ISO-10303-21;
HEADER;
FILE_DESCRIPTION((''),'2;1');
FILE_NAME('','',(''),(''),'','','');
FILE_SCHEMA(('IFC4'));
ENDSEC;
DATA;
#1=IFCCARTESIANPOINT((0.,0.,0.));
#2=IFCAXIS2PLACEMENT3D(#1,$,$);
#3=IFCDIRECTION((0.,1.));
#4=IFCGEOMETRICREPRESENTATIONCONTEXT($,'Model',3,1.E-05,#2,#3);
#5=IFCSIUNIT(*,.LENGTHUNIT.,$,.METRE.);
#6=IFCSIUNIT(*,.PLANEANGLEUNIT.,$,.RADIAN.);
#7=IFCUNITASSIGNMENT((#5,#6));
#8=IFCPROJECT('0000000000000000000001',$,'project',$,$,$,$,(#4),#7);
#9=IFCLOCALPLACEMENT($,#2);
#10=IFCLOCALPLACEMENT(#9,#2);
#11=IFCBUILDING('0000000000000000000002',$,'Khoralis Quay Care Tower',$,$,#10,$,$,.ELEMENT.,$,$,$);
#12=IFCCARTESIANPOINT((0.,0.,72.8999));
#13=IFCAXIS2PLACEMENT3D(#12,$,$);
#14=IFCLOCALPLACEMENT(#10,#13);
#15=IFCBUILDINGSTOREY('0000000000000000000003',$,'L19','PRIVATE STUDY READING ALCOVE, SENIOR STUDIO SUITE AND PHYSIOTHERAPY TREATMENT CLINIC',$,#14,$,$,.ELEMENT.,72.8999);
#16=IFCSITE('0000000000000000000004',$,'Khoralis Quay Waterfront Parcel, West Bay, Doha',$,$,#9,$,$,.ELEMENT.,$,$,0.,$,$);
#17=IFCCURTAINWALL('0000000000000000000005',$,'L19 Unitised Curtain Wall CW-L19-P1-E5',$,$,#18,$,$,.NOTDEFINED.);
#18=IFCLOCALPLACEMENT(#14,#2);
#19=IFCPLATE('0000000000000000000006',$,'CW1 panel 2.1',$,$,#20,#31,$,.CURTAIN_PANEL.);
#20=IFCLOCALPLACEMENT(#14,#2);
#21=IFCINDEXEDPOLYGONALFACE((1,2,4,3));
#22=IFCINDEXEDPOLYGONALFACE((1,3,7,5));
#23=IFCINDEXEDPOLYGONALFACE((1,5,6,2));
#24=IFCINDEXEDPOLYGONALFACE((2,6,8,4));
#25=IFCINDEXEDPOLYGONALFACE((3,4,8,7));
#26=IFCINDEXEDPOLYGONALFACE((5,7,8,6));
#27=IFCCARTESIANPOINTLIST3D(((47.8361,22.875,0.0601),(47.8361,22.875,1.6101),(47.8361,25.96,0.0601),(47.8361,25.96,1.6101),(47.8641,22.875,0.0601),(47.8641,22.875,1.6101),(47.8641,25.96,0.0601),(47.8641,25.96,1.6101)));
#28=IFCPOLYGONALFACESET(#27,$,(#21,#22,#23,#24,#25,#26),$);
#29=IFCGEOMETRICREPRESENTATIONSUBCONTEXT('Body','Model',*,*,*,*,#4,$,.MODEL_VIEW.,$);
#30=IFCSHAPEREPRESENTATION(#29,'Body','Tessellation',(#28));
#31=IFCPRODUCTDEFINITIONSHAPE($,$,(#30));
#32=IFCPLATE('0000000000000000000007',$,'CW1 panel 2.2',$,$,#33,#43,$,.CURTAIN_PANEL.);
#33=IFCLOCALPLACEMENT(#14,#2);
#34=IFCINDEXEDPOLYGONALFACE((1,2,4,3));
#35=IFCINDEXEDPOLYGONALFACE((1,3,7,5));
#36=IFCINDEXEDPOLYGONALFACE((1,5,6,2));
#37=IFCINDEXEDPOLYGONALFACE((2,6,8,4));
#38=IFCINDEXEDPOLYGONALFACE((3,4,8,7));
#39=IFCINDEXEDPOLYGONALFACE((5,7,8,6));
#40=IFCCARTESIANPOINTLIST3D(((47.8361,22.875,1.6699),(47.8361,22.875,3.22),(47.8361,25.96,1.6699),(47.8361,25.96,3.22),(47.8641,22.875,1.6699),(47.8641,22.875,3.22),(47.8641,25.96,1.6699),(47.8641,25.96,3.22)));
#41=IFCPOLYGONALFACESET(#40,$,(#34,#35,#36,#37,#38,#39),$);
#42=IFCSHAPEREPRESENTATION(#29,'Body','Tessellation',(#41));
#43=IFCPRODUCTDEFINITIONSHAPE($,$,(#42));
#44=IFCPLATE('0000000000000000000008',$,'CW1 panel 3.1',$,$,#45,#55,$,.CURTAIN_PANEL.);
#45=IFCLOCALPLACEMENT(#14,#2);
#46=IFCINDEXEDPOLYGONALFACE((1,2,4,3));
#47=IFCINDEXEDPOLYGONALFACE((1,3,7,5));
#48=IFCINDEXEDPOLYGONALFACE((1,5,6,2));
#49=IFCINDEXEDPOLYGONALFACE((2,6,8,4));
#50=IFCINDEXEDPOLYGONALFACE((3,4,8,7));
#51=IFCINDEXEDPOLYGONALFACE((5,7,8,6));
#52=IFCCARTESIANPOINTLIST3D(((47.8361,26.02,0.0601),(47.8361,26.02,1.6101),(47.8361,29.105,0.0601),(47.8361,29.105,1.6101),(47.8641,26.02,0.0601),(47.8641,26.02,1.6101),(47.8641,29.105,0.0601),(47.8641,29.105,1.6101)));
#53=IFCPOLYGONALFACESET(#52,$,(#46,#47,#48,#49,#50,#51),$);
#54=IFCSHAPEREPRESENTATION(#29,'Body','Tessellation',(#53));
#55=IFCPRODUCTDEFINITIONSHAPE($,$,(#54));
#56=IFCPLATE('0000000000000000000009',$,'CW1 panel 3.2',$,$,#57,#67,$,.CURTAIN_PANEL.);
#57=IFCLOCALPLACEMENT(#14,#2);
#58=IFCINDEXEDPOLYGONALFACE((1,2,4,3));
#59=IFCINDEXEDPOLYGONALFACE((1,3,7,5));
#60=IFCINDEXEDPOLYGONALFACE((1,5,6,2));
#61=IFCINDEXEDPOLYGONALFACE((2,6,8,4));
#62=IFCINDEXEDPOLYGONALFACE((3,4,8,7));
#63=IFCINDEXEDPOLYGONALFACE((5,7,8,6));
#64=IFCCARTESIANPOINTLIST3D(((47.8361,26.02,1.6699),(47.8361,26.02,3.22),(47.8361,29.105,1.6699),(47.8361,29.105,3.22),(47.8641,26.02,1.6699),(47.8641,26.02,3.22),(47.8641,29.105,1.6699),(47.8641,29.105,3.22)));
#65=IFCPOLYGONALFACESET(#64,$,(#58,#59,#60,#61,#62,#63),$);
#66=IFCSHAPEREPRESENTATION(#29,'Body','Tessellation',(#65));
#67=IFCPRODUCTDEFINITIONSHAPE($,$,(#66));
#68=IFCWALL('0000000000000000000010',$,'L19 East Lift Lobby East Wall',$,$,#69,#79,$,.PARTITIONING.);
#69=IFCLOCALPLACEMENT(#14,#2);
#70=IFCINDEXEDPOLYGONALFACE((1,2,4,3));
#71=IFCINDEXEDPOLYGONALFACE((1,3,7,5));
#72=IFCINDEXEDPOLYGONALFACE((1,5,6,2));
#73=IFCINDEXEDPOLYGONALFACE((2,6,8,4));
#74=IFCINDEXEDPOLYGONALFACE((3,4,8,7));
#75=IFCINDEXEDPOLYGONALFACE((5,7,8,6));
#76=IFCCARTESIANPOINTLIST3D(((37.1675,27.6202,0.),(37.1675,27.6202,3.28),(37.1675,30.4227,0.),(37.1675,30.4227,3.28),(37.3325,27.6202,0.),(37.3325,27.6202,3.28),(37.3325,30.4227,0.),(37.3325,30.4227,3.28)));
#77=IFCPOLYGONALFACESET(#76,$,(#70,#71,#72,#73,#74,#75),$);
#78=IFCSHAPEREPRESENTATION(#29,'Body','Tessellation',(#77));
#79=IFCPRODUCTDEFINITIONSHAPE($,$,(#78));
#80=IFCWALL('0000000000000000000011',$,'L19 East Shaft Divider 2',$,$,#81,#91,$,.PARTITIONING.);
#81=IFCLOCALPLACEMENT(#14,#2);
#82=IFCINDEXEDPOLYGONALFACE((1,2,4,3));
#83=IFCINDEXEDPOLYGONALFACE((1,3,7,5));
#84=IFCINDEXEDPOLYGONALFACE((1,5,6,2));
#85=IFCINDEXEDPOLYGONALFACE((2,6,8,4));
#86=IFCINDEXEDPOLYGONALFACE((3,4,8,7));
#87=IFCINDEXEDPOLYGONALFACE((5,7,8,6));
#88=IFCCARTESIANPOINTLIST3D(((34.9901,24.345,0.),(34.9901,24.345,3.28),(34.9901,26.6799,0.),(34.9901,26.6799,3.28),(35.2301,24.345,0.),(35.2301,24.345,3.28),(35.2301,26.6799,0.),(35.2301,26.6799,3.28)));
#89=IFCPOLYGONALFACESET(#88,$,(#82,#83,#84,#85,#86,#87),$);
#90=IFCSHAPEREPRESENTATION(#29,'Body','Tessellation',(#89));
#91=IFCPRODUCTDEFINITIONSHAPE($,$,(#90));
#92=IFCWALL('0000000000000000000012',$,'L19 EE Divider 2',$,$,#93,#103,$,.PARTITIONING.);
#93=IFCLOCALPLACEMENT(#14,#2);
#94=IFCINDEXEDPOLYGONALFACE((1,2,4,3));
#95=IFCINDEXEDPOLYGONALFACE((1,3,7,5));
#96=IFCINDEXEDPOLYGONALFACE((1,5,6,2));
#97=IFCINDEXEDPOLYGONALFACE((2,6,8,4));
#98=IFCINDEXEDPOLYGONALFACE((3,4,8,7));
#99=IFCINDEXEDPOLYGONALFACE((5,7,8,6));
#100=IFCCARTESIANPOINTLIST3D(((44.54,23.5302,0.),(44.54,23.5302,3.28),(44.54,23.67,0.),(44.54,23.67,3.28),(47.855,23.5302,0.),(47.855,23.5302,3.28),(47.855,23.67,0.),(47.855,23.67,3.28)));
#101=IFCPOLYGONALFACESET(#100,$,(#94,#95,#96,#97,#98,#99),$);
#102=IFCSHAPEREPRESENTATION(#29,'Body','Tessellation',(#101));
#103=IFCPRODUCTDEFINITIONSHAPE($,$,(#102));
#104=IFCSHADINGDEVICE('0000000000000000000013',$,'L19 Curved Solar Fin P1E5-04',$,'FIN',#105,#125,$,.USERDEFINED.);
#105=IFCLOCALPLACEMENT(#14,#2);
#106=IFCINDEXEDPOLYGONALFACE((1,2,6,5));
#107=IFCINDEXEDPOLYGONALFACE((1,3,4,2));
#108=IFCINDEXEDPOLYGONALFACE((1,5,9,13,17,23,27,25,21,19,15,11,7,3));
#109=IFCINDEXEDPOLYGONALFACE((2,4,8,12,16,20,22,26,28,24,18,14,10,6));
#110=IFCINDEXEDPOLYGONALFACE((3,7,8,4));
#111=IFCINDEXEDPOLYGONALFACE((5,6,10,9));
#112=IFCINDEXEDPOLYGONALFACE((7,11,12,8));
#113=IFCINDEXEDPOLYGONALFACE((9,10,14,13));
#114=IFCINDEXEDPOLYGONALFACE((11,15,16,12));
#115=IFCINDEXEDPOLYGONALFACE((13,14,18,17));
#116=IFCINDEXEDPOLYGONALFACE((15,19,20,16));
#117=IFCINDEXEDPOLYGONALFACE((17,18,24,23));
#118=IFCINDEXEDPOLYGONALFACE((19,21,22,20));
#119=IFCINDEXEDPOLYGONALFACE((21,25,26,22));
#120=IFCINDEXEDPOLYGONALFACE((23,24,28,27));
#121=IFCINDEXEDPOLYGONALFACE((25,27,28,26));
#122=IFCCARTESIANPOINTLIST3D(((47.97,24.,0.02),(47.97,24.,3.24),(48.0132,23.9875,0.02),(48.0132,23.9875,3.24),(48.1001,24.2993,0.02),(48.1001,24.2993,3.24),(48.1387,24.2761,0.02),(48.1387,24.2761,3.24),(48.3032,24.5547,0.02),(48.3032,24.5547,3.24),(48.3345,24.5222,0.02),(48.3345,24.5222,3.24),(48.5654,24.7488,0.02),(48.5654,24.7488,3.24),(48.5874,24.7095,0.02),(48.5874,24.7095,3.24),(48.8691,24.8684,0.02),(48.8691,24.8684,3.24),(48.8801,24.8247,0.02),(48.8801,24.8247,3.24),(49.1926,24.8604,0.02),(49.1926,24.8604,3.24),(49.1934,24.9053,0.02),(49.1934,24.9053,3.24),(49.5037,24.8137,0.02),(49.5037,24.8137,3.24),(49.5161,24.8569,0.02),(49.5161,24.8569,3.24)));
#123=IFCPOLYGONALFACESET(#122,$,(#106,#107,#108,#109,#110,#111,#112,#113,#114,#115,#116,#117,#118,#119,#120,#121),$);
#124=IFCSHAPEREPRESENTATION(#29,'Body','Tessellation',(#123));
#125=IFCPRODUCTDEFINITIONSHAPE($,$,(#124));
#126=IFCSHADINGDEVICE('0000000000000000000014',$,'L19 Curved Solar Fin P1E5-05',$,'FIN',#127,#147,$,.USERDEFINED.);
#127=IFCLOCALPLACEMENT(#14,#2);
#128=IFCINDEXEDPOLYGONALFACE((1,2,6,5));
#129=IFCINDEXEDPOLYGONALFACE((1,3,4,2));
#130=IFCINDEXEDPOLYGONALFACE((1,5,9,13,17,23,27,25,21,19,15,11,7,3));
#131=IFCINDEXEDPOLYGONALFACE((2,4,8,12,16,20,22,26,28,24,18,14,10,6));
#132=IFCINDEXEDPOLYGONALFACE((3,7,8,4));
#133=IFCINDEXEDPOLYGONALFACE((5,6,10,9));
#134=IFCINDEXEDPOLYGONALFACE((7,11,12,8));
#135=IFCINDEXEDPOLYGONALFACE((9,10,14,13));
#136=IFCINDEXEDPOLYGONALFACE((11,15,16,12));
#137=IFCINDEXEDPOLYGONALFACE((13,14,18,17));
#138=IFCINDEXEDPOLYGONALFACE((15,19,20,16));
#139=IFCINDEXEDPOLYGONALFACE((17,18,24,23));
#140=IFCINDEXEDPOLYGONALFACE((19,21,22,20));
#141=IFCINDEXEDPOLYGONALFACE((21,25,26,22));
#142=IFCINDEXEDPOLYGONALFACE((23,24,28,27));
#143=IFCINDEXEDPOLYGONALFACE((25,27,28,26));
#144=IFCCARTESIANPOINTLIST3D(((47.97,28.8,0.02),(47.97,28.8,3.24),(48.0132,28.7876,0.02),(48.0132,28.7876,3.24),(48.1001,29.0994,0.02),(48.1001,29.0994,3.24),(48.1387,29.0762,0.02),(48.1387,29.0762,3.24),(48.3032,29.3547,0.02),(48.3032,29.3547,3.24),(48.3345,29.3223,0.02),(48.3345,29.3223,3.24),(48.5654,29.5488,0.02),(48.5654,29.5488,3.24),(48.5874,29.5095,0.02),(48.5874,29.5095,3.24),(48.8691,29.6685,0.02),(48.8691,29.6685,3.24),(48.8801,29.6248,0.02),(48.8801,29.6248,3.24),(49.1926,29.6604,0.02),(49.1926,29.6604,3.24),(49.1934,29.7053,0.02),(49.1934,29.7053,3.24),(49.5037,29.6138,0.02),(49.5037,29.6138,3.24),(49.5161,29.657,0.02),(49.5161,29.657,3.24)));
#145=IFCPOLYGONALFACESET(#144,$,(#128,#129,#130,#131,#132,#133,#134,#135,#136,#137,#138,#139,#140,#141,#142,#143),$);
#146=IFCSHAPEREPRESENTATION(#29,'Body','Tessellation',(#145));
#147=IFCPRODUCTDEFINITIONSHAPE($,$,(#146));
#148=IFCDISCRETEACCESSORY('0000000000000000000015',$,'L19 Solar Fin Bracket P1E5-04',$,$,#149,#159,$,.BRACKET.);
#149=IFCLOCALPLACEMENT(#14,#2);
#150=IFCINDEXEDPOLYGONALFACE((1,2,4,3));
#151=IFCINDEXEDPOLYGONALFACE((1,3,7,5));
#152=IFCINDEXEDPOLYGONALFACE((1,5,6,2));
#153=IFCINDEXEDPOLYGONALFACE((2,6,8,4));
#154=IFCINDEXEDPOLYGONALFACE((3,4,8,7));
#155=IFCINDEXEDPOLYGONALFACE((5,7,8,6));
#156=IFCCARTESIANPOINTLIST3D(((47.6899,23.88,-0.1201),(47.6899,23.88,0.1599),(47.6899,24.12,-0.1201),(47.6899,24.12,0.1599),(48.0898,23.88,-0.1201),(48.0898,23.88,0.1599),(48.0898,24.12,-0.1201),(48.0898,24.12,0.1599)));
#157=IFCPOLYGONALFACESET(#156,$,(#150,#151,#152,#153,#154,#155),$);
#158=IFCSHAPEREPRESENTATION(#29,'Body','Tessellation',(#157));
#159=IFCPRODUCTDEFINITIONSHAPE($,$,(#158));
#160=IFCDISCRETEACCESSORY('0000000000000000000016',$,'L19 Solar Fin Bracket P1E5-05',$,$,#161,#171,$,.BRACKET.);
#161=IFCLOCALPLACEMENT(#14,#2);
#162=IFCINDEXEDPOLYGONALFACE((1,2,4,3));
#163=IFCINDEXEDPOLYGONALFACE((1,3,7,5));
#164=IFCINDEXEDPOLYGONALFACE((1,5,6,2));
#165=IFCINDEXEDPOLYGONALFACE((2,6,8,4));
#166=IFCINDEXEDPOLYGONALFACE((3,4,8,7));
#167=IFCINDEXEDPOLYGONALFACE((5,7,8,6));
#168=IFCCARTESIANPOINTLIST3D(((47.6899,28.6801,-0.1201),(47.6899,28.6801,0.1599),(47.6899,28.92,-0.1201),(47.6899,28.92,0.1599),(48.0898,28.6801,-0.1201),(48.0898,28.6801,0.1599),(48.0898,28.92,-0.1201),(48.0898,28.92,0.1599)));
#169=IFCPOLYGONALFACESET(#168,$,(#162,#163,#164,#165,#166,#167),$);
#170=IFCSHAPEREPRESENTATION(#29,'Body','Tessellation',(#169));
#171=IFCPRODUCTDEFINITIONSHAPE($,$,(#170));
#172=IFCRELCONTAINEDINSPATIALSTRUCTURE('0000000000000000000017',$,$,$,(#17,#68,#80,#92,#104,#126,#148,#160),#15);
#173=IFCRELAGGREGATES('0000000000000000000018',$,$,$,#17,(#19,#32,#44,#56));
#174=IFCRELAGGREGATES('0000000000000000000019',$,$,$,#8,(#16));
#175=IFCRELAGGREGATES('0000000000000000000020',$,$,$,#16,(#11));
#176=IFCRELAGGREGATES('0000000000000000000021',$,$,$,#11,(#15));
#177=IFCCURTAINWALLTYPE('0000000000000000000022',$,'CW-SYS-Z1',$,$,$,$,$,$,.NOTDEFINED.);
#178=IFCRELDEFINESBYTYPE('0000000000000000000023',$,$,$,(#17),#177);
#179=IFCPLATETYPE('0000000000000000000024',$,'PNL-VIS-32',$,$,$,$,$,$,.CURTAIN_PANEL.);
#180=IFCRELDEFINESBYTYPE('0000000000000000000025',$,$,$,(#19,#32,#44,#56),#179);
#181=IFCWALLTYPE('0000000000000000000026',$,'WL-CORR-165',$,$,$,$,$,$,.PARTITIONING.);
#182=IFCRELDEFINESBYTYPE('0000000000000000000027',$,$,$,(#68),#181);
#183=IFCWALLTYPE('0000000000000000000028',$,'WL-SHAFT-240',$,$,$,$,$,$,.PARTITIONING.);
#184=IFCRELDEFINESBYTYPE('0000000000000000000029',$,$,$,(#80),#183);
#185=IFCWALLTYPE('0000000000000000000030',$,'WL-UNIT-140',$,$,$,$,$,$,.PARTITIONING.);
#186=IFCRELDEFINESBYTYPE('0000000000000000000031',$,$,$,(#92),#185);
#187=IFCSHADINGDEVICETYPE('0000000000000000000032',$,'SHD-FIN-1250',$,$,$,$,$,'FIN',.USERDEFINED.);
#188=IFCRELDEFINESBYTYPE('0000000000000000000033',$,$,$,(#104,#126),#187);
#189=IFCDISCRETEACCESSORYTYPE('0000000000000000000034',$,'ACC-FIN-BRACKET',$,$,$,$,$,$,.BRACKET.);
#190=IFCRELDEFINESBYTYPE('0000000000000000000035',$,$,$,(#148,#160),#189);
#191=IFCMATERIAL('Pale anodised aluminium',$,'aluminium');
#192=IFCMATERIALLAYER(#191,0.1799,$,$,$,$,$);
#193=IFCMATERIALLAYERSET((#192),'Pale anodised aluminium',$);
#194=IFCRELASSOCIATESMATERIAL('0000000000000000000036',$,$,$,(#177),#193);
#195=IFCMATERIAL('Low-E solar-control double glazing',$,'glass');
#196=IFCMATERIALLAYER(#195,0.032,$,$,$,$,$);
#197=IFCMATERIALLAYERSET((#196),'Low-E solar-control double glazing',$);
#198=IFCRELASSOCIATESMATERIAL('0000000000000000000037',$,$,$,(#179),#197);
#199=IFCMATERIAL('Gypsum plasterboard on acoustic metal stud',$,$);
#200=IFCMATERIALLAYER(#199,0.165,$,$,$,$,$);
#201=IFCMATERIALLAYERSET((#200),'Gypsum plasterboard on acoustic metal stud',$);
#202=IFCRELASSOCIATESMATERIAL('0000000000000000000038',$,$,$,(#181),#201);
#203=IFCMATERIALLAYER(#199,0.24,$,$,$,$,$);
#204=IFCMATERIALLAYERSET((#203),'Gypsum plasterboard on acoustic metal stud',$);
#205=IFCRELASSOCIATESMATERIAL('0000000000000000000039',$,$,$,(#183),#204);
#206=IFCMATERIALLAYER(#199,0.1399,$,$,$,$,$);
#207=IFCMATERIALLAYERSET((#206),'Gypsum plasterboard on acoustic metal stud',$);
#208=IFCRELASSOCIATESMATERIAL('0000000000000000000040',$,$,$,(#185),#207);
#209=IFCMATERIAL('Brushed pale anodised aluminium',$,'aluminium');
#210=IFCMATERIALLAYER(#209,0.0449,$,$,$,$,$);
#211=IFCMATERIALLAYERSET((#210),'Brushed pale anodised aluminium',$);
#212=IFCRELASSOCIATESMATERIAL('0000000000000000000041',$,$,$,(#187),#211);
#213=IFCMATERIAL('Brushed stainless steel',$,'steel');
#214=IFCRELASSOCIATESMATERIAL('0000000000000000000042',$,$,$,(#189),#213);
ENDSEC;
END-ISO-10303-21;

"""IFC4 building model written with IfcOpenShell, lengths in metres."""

from ifc_helpers import new_model, si_unit, direction, frame, frame_2d, origin, origin_2d, place, context, subcontext, project, spatial, polyline, rectangle, outline, extrude, source, transform, mapped, material, layer, layer_set, type_object, element, aggregate, save


model = new_model("IFC4")

# Units and contexts
model_context = context("Model", 3, precision=1e-05, world=origin(), true_north=direction((0.0, 1.0)))
body_context = subcontext(model_context, "Body", "Model", "MODEL_VIEW")
ifc_project = project(units=[si_unit("LENGTHUNIT", "METRE"), si_unit("PLANEANGLEUNIT", "RADIAN")], contexts=[model_context])

# Site, building, storey
site_placement = place(None, origin())
site = spatial("IfcSite", under=ifc_project, at=site_placement, Name="Khoralis Quay Waterfront Parcel, West Bay, Doha", CompositionType="ELEMENT", RefElevation=0.0)
building_placement = place(site_placement, origin())
building = spatial("IfcBuilding", under=site, at=building_placement, Name="Khoralis Quay Care Tower", CompositionType="ELEMENT")
storey_placement = place(building_placement, frame((0.0, 0.0, 72.8999)))
storey = spatial("IfcBuildingStorey", under=building, at=storey_placement, Name="L19", Description="PRIVATE STUDY READING ALCOVE, SENIOR STUDIO SUITE AND PHYSIOTHERAPY TREATMENT CLINIC", CompositionType="ELEMENT", Elevation=72.8999)

# Curtain wall, plates
ifc_material_1 = material(Name="Pale anodised aluminium", Category="aluminium")
ifc_layer_1 = layer(ifc_material_1, 0.1799)
ifc_layer_set_1 = layer_set([ifc_layer_1], Name="Pale anodised aluminium")
curtain_wall_type = type_object("IfcCurtainWallType", Name="CW-SYS-Z1", PredefinedType="NOTDEFINED", material=ifc_layer_set_1)
curtain_wall_placement = place(storey_placement, origin())
curtain_wall = element("IfcCurtainWall", 1, at=curtain_wall_placement, inside=storey, type_object=curtain_wall_type, Name="L19 Unitised Curtain Wall CW-L19-P1-E5", PredefinedType="NOTDEFINED")
ifc_material_2 = material(Name="Low-E solar-control double glazing", Category="glass")
ifc_layer_2 = layer(ifc_material_2, 0.032)
ifc_layer_set_2 = layer_set([ifc_layer_2], Name="Low-E solar-control double glazing")
plate_type = type_object("IfcPlateType", Name="PNL-VIS-32", PredefinedType="CURTAIN_PANEL", material=ifc_layer_set_2)
shared_shape_1 = source(origin(), body_context, "Body", "SweptSolid", [
    extrude(rectangle(XDim=3.085, YDim=0.0281, at=origin_2d()), origin(), (0.0, 0.0, 1.0), 1.55),
])
plate_1_placement = place(storey_placement, frame((47.8501, 24.4175, 0.0601), z_axis=(0.0, 0.0, 1.0), x_axis=(0.0, 1.0, 0.0)))
plate_1 = element("IfcPlate", 2, at=plate_1_placement, type_object=plate_type, Name="CW1 panel 2.1", PredefinedType="CURTAIN_PANEL", context=body_context, shape_type="MappedRepresentation", body=[
    mapped(shared_shape_1, transform((0.0, 0.0, 0.0), scale=1.0)),
])
plate_2_placement = place(storey_placement, frame((47.8501, 24.4175, 1.6699), z_axis=(0.0, 0.0, 1.0), x_axis=(0.0, 1.0, 0.0)))
plate_2 = element("IfcPlate", 3, at=plate_2_placement, type_object=plate_type, Name="CW1 panel 2.2", PredefinedType="CURTAIN_PANEL", context=body_context, shape_type="MappedRepresentation", body=[
    mapped(shared_shape_1, transform((0.0, 0.0, 0.0), scale=1.0)),
])
plate_3_placement = place(storey_placement, frame((47.8501, 27.5625, 0.0601), z_axis=(0.0, 0.0, 1.0), x_axis=(0.0, 1.0, 0.0)))
plate_3 = element("IfcPlate", 4, at=plate_3_placement, type_object=plate_type, Name="CW1 panel 3.1", PredefinedType="CURTAIN_PANEL", context=body_context, shape_type="MappedRepresentation", body=[
    mapped(shared_shape_1, transform((0.0, 0.0, 0.0), scale=1.0)),
])
plate_4_placement = place(storey_placement, frame((47.8501, 27.5625, 1.6699), z_axis=(0.0, 0.0, 1.0), x_axis=(0.0, 1.0, 0.0)))
plate_4 = element("IfcPlate", 5, at=plate_4_placement, type_object=plate_type, Name="CW1 panel 3.2", PredefinedType="CURTAIN_PANEL", context=body_context, shape_type="MappedRepresentation", body=[
    mapped(shared_shape_1, transform((0.0, 0.0, 0.0), scale=1.0)),
])
aggregate(curtain_wall, [plate_1, plate_2, plate_3, plate_4])

# Walls
ifc_material_3 = material(Name="Gypsum plasterboard on acoustic metal stud")
ifc_layer_3 = layer(ifc_material_3, 0.165)
ifc_layer_set_3 = layer_set([ifc_layer_3], Name="Gypsum plasterboard on acoustic metal stud")
wall_type_1 = type_object("IfcWallType", Name="WL-CORR-165", PredefinedType="PARTITIONING", material=ifc_layer_set_3)
wall_1_placement = place(storey_placement, frame((37.25, 27.6201, 0.0), z_axis=(0.0, 0.0, 1.0), x_axis=(0.0, 1.0, 0.0)))
element("IfcWall", 6, at=wall_1_placement, inside=storey, type_object=wall_type_1, Name="L19 East Lift Lobby East Wall", PredefinedType="PARTITIONING", context=body_context, shape_type="SweptSolid", body=[
    extrude(rectangle(XDim=2.8025, YDim=0.165, at=frame_2d((1.4014, 0.0))), origin(), (0.0, 0.0, 1.0), 3.28),
])
ifc_layer_4 = layer(ifc_material_3, 0.24)
ifc_layer_set_4 = layer_set([ifc_layer_4], Name="Gypsum plasterboard on acoustic metal stud")
wall_type_2 = type_object("IfcWallType", Name="WL-SHAFT-240", PredefinedType="PARTITIONING", material=ifc_layer_set_4)
wall_2_placement = place(storey_placement, frame((35.1101, 24.345, 0.0), z_axis=(0.0, 0.0, 1.0), x_axis=(0.0, 1.0, 0.0)))
element("IfcWall", 7, at=wall_2_placement, inside=storey, type_object=wall_type_2, Name="L19 East Shaft Divider 2", PredefinedType="PARTITIONING", context=body_context, shape_type="SweptSolid", body=[
    extrude(rectangle(XDim=2.335, YDim=0.24, at=frame_2d((1.1675, 0.0))), origin(), (0.0, 0.0, 1.0), 3.28),
])
ifc_layer_5 = layer(ifc_material_3, 0.1399)
ifc_layer_set_5 = layer_set([ifc_layer_5], Name="Gypsum plasterboard on acoustic metal stud")
wall_type_3 = type_object("IfcWallType", Name="WL-UNIT-140", PredefinedType="PARTITIONING", material=ifc_layer_set_5)
wall_3_placement = place(storey_placement, frame((44.54, 23.6001, 0.0), z_axis=(0.0, 0.0, 1.0), x_axis=(1.0, 0.0, 0.0)))
element("IfcWall", 8, at=wall_3_placement, inside=storey, type_object=wall_type_3, Name="L19 EE Divider 2", PredefinedType="PARTITIONING", context=body_context, shape_type="SweptSolid", body=[
    extrude(rectangle(XDim=3.3149, YDim=0.1399, at=frame_2d((1.6575, 0.0))), origin(), (0.0, 0.0, 1.0), 3.28),
])

# Shading devices
ifc_material_4 = material(Name="Brushed pale anodised aluminium", Category="aluminium")
ifc_layer_6 = layer(ifc_material_4, 0.0449)
ifc_layer_set_6 = layer_set([ifc_layer_6], Name="Brushed pale anodised aluminium")
shading_device_type = type_object("IfcShadingDeviceType", Name="SHD-FIN-1250", ElementType="FIN", PredefinedType="USERDEFINED", material=ifc_layer_set_6)
shared_shape_2 = source(origin(), body_context, "Body", "SweptSolid", [
    extrude(outline(polyline([(0.0, 0.0), (0.1301, 0.2993), (0.3333, 0.5547), (0.5955, 0.7488), (0.8992, 0.8684), (1.2234, 0.9053), (1.5461, 0.8569), (1.5337, 0.8137), (1.2227, 0.8604), (0.9102, 0.8247), (0.6174, 0.7095), (0.3645, 0.5222), (0.1687, 0.2761), (0.0432, -0.0125), (0.0, 0.0)])), origin(), (0.0, 0.0, 1.0), 3.22),
])
for number, where, z_axis, x_axis, name in (
    (9, (47.97, 24.0, 0.02), (0.0, 0.0, 1.0), (1.0, 0.0, 0.0), "L19 Curved Solar Fin P1E5-04"),
    (10, (47.97, 28.8, 0.02), (0.0, 0.0, 1.0), (1.0, 0.0, 0.0), "L19 Curved Solar Fin P1E5-05"),
):
    element("IfcShadingDevice", number, at=place(storey_placement, frame(where, z_axis=z_axis, x_axis=x_axis)), inside=storey, type_object=shading_device_type, Name=name, ObjectType="FIN", PredefinedType="USERDEFINED", context=body_context, shape_type="MappedRepresentation", body=[
        mapped(shared_shape_2, transform((0.0, 0.0, 0.0), scale=1.0)),
    ])

# Discrete accessories
ifc_material_5 = material(Name="Brushed stainless steel", Category="steel")
discrete_accessory_type = type_object("IfcDiscreteAccessoryType", Name="ACC-FIN-BRACKET", PredefinedType="BRACKET", material=ifc_material_5)
shared_shape_3 = source(origin(), body_context, "Body", "SweptSolid", [
    extrude(rectangle(XDim=0.3999, YDim=0.24, at=origin_2d()), origin(), (0.0, 0.0, 1.0), 0.28),
])
for number, where, z_axis, x_axis, name in (
    (11, (47.8899, 24.0, -0.1201), (0.0, 0.0, 1.0), (1.0, 0.0, 0.0), "L19 Solar Fin Bracket P1E5-04"),
    (12, (47.8899, 28.8, -0.1201), (0.0, 0.0, 1.0), (1.0, 0.0, 0.0), "L19 Solar Fin Bracket P1E5-05"),
):
    element("IfcDiscreteAccessory", number, at=place(storey_placement, frame(where, z_axis=z_axis, x_axis=x_axis)), inside=storey, type_object=discrete_accessory_type, Name=name, PredefinedType="BRACKET", context=body_context, shape_type="MappedRepresentation", body=[
        mapped(shared_shape_3, transform((0.0, 0.0, 0.0), scale=1.0)),
    ])

save(model, "model.ifc")
